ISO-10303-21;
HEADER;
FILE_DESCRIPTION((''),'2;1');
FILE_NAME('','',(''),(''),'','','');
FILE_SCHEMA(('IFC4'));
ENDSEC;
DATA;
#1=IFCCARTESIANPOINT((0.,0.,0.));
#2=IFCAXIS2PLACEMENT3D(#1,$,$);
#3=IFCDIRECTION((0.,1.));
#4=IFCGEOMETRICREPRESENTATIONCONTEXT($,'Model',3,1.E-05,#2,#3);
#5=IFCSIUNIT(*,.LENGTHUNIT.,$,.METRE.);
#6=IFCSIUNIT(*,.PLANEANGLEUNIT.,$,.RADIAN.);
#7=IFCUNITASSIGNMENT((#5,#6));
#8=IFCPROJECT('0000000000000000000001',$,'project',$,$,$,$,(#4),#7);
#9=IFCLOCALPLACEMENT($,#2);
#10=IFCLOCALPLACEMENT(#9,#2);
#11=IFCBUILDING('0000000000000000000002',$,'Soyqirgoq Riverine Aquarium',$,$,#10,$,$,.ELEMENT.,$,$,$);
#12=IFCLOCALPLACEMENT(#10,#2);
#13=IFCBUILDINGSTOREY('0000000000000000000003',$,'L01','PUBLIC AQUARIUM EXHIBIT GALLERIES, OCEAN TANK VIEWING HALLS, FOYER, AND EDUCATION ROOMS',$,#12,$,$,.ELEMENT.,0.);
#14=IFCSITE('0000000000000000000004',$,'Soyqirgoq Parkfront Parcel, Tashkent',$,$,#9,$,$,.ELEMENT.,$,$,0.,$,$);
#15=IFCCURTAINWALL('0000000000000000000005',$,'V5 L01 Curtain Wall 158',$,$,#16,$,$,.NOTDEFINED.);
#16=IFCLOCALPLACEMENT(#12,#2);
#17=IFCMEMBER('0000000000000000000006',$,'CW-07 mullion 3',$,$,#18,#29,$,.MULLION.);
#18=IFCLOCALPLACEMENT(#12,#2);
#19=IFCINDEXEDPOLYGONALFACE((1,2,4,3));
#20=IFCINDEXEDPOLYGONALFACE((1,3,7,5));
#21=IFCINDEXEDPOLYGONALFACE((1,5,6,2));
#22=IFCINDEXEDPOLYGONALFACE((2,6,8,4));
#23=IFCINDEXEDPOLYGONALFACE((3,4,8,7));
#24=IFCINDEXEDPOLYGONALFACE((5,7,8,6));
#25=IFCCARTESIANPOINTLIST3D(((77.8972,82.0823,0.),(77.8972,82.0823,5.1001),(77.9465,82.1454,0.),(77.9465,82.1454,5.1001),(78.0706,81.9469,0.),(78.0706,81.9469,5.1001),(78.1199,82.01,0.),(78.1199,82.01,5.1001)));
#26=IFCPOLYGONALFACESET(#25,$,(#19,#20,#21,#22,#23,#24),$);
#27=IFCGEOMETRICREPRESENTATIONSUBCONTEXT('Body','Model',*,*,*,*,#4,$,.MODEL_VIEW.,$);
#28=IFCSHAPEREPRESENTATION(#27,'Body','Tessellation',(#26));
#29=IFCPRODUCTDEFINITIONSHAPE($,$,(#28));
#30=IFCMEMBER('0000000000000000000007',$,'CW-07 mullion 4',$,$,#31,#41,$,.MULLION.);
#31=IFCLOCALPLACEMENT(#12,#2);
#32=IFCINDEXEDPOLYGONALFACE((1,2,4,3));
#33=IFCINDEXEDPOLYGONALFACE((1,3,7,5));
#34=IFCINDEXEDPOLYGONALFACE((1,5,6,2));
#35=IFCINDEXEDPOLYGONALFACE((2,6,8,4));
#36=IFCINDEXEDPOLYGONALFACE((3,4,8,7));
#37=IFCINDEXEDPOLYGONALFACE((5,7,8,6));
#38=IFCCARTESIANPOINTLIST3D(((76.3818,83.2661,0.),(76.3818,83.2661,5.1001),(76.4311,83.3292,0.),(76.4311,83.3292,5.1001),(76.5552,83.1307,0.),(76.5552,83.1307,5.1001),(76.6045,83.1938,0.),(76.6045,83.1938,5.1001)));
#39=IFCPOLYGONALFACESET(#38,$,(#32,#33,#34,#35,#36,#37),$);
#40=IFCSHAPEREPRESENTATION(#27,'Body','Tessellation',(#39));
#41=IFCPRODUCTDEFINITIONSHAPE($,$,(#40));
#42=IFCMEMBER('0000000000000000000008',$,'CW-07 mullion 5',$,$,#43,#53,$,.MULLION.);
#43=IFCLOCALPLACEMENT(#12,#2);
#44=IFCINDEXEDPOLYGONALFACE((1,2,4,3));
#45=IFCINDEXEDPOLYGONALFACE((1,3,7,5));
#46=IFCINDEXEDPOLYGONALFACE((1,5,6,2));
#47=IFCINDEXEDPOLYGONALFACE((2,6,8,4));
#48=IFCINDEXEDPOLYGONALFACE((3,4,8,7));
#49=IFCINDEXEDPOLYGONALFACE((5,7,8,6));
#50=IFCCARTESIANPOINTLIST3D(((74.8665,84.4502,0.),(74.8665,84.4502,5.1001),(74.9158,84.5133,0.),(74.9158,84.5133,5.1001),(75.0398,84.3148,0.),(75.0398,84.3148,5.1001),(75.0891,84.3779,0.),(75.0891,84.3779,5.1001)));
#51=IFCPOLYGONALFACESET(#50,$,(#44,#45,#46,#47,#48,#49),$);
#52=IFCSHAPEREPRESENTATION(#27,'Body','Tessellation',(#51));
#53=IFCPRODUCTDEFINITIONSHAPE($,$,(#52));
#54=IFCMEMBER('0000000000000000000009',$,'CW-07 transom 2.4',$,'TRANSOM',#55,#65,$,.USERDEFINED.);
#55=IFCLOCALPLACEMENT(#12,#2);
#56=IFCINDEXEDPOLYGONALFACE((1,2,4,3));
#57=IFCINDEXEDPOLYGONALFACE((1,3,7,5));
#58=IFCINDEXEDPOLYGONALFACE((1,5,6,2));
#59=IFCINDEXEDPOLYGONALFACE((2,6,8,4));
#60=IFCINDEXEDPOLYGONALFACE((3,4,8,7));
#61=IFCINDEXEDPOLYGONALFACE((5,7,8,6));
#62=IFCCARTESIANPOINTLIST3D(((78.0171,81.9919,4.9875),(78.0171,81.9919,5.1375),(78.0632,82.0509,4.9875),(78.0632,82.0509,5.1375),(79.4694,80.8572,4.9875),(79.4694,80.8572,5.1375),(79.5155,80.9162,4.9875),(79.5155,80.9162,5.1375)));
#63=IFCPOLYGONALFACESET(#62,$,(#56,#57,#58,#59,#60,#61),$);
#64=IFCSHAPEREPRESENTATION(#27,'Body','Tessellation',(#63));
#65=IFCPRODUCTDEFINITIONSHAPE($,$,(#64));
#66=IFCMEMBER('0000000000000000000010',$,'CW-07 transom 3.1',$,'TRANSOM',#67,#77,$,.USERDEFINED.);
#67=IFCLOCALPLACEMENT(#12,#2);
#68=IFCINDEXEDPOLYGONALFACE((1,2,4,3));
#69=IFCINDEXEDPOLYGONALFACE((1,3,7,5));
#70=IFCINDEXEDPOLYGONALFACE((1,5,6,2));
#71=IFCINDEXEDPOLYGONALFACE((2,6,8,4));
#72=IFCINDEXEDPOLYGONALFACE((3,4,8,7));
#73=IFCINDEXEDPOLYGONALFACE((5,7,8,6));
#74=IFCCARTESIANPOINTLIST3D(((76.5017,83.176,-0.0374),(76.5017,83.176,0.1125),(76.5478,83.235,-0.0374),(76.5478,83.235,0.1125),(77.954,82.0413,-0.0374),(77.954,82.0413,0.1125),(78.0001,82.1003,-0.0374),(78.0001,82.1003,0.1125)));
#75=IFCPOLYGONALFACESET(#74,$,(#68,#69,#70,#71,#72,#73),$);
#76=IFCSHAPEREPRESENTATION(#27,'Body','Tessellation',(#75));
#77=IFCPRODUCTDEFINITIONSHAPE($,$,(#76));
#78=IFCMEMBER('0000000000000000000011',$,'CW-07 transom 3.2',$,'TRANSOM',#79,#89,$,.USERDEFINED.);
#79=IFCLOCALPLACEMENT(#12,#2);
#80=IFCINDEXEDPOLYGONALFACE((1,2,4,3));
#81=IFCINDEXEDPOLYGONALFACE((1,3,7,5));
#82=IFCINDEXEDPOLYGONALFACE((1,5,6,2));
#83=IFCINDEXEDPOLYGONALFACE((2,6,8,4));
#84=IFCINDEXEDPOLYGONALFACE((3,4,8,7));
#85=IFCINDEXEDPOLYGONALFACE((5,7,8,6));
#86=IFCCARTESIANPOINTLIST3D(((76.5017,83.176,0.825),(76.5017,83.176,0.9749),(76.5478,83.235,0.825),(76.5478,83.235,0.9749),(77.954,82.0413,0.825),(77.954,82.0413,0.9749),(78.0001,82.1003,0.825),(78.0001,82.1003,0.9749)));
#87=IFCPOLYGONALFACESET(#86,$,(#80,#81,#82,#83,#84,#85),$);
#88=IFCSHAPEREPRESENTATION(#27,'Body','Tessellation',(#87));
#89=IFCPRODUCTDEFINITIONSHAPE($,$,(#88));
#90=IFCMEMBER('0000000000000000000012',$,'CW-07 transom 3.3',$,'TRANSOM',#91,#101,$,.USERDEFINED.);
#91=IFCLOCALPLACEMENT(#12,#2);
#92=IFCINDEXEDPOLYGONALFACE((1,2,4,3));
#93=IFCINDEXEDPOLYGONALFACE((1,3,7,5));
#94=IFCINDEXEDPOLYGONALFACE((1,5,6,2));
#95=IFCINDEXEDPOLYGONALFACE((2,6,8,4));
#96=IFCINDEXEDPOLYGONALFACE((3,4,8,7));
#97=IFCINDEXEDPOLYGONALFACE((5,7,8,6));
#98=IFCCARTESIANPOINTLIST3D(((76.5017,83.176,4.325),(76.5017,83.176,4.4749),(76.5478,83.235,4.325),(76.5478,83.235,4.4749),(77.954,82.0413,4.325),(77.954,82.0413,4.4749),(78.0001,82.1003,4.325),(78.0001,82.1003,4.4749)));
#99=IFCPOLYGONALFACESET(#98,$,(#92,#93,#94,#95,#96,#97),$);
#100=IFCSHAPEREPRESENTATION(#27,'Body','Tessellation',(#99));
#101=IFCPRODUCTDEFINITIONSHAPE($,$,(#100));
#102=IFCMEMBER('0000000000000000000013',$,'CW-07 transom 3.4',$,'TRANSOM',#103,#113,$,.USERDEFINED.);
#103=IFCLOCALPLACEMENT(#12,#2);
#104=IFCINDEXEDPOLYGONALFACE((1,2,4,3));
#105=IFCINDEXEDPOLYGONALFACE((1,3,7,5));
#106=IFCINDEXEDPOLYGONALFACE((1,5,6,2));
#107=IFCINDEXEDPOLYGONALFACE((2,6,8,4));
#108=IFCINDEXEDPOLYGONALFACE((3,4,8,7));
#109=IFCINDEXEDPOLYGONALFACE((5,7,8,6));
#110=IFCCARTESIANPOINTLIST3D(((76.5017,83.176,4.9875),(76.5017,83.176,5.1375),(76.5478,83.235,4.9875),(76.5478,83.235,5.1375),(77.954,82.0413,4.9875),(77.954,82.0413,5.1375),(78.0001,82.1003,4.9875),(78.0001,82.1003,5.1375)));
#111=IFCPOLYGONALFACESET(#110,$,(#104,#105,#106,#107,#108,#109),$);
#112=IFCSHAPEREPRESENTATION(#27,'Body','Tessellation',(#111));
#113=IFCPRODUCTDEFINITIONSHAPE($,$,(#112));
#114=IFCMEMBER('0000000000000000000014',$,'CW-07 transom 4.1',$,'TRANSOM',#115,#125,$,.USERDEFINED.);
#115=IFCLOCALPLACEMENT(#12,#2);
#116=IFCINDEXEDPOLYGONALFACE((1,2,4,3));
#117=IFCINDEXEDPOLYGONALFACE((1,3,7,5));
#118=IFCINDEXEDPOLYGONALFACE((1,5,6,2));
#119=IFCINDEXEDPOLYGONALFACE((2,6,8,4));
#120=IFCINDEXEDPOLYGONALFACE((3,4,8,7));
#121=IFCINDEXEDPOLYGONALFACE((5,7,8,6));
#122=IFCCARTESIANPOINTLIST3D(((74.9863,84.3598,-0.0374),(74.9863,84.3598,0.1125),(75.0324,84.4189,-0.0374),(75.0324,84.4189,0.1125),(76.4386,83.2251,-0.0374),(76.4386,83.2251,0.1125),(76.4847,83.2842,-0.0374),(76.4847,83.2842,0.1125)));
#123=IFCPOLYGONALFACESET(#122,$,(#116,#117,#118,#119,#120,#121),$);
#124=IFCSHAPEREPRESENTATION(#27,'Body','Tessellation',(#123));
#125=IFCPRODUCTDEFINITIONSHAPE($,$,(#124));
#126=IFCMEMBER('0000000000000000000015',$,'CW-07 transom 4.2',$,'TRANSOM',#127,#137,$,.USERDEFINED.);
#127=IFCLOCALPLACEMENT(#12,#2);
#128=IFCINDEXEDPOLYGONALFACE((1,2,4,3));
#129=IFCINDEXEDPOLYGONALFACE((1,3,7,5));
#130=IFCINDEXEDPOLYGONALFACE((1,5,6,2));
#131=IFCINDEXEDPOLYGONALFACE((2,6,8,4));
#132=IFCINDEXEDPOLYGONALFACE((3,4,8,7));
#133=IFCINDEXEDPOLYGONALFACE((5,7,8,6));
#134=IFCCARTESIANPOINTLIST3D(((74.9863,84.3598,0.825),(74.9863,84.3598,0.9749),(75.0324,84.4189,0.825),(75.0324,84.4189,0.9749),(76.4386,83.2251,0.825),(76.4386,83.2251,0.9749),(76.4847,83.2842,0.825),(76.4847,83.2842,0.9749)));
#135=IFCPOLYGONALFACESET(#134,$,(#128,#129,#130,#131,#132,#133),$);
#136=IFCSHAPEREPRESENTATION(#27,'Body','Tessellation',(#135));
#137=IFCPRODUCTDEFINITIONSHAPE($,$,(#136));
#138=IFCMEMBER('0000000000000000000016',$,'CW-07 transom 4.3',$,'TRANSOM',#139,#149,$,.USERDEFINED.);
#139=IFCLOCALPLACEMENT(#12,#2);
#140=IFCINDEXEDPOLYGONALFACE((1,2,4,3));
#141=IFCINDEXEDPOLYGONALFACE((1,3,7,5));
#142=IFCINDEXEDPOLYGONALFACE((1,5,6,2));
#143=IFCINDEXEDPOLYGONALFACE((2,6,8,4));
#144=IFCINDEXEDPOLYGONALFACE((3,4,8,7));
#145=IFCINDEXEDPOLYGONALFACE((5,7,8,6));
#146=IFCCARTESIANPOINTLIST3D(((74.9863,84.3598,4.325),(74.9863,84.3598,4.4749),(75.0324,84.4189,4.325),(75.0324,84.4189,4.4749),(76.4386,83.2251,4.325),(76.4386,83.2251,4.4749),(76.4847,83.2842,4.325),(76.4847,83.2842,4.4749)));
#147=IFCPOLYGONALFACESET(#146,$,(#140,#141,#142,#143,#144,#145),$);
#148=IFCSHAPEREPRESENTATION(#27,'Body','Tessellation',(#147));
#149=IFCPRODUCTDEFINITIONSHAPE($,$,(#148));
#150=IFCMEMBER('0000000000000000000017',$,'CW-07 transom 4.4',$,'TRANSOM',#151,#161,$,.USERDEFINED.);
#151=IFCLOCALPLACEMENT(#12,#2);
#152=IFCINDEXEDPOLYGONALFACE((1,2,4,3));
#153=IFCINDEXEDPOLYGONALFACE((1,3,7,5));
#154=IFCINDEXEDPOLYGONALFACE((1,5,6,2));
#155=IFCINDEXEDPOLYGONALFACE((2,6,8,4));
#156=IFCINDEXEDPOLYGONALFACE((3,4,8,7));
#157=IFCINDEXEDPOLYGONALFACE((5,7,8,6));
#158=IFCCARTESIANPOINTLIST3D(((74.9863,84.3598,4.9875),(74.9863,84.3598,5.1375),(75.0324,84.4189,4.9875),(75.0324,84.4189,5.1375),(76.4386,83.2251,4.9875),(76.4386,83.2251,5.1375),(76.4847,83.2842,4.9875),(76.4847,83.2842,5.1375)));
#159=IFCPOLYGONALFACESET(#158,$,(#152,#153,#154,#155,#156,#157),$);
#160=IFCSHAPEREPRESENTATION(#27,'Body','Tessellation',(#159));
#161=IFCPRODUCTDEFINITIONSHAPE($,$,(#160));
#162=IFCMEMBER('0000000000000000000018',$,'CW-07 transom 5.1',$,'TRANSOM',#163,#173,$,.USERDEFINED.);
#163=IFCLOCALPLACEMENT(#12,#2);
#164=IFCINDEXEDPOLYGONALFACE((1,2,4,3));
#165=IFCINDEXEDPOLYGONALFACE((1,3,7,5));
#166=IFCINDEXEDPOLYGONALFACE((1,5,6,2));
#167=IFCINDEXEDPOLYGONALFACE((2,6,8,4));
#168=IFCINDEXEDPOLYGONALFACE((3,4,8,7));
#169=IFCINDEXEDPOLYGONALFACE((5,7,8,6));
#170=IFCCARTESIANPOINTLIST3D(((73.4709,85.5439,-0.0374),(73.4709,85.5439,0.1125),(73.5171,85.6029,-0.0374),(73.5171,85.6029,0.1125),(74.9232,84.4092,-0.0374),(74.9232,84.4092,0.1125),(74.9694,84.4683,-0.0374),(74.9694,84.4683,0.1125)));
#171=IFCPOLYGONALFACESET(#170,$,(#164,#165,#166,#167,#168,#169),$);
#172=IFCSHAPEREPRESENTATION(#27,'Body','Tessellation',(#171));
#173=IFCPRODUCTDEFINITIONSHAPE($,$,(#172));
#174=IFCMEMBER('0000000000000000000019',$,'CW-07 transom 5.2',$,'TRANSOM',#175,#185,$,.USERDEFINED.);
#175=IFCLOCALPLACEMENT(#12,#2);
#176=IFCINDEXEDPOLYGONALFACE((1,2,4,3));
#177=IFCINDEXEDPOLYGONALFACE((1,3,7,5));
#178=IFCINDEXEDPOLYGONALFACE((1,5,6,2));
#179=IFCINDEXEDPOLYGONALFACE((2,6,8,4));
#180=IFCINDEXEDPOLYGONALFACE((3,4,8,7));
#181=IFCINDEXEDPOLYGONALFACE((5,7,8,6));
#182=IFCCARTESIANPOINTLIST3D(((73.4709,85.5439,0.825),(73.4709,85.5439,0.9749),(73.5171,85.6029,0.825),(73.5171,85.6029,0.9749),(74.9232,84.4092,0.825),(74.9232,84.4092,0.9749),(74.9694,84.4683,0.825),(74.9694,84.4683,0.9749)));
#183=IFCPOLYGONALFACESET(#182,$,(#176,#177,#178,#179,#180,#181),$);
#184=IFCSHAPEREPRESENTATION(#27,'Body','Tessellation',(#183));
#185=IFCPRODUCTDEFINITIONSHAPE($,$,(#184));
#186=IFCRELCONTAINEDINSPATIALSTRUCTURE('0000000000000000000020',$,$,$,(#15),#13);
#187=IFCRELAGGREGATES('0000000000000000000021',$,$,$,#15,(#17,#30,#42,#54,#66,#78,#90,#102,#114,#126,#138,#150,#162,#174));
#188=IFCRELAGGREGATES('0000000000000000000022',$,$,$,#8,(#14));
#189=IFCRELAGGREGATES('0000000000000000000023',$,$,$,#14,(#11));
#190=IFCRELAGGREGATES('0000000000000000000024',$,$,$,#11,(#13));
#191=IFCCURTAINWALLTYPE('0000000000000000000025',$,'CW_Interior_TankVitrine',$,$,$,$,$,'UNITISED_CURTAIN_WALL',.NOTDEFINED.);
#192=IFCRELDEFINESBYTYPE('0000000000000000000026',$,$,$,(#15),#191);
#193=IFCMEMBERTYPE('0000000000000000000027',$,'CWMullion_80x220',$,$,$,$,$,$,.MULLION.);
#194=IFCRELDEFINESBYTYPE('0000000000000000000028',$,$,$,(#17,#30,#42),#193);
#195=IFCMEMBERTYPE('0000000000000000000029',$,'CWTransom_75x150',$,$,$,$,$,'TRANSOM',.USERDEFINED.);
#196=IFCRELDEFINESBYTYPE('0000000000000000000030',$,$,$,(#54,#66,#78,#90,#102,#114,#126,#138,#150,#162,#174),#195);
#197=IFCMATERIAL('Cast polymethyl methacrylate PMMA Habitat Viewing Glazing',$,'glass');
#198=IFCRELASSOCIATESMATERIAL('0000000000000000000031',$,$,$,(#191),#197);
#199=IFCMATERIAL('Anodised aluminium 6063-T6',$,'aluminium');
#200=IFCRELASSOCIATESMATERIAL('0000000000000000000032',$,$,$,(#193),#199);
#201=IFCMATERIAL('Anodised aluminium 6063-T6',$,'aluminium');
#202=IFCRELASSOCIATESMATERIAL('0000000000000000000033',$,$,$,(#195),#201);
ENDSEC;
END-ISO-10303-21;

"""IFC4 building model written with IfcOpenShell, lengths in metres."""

from ifc_helpers import new_model, si_unit, direction, frame, origin, origin_2d, place, context, subcontext, project, spatial, rectangle, extrude, material, material_profile, profile_set, type_object, element, aggregate, save


model = new_model("IFC4")

# Units and contexts
model_context = context("Model", 3, precision=1e-05, world=origin(), true_north=direction((0.0, 1.0)))
body_context = subcontext(model_context, "Body", "Model", "MODEL_VIEW")
ifc_project = project(units=[si_unit("LENGTHUNIT", "METRE"), si_unit("PLANEANGLEUNIT", "RADIAN")], contexts=[model_context])

# Site, building, storey
site_placement = place(None, origin())
site = spatial("IfcSite", under=ifc_project, at=site_placement, Name="Soyqirgoq Parkfront Parcel, Tashkent", CompositionType="ELEMENT", RefElevation=0.0)
building_placement = place(site_placement, origin())
building = spatial("IfcBuilding", under=site, at=building_placement, Name="Soyqirgoq Riverine Aquarium", CompositionType="ELEMENT")
storey_placement = place(building_placement, origin())
storey = spatial("IfcBuildingStorey", under=building, at=storey_placement, Name="L01", Description="PUBLIC AQUARIUM EXHIBIT GALLERIES, OCEAN TANK VIEWING HALLS, FOYER, AND EDUCATION ROOMS", CompositionType="ELEMENT", Elevation=0.0)

# Curtain wall, members
ifc_material_1 = material(Name="Cast polymethyl methacrylate PMMA Habitat Viewing Glazing", Category="glass")
curtain_wall_type = type_object("IfcCurtainWallType", Name="CW_Interior_TankVitrine", ElementType="UNITISED_CURTAIN_WALL", PredefinedType="NOTDEFINED", material=ifc_material_1)
curtain_wall_placement = place(storey_placement, origin())
curtain_wall = element("IfcCurtainWall", 1, at=curtain_wall_placement, inside=storey, type_object=curtain_wall_type, Name="V5 L01 Curtain Wall 158", PredefinedType="NOTDEFINED")
ifc_material_2 = material(Name="Anodised aluminium 6063-T6", Category="aluminium")
ifc_material_profile_1 = material_profile(ifc_material_2, rectangle(XDim=0.0801, YDim=0.22, at=origin_2d()), Name="ALU-M 80x220")
ifc_profile_set_1 = profile_set([ifc_material_profile_1], Name="Anodised aluminium 6063-T6")
member_type_1 = type_object("IfcMemberType", Name="CWMullion_80x220", PredefinedType="MULLION", material=ifc_profile_set_1)
member_1_placement = place(storey_placement, frame((78.0085, 82.0461, 0.0), z_axis=(0.0, 0.0, 1.0), x_axis=(-0.615655, -0.788016, 0.0)))
member_1 = element("IfcMember", 2, at=member_1_placement, type_object=member_type_1, Name="CW-07 mullion 3", PredefinedType="MULLION", context=body_context, shape_type="SweptSolid", body=[
    extrude(rectangle(XDim=0.0801, YDim=0.22, at=origin_2d()), origin(), (0.0, 0.0, 1.0), 5.1001),
])
member_2_placement = place(storey_placement, frame((76.4932, 83.23, 0.0), z_axis=(0.0, 0.0, 1.0), x_axis=(-0.615655, -0.788016, 0.0)))
member_2 = element("IfcMember", 3, at=member_2_placement, type_object=member_type_1, Name="CW-07 mullion 4", PredefinedType="MULLION", context=body_context, shape_type="SweptSolid", body=[
    extrude(rectangle(XDim=0.0801, YDim=0.22, at=origin_2d()), origin(), (0.0, 0.0, 1.0), 5.1001),
])
member_3_placement = place(storey_placement, frame((74.9778, 84.4141, 0.0), z_axis=(0.0, 0.0, 1.0), x_axis=(-0.615655, -0.788016, 0.0)))
member_3 = element("IfcMember", 4, at=member_3_placement, type_object=member_type_1, Name="CW-07 mullion 5", PredefinedType="MULLION", context=body_context, shape_type="SweptSolid", body=[
    extrude(rectangle(XDim=0.0801, YDim=0.22, at=origin_2d()), origin(), (0.0, 0.0, 1.0), 5.1001),
])
ifc_material_3 = material(Name="Anodised aluminium 6063-T6", Category="aluminium")
ifc_material_profile_2 = material_profile(ifc_material_3, rectangle(XDim=0.075, YDim=0.1499, at=origin_2d()), Name="ALU-T 75x150")
ifc_profile_set_2 = profile_set([ifc_material_profile_2], Name="Anodised aluminium 6063-T6")
member_type_2 = type_object("IfcMemberType", Name="CWTransom_75x150", ElementType="TRANSOM", PredefinedType="USERDEFINED", material=ifc_profile_set_2)
member_4_placement = place(storey_placement, frame((79.4924, 80.8867, 5.0625), z_axis=(-0.788002, 0.615672, 0.0), x_axis=(-0.615672, -0.788002, 0.0)))
member_4 = element("IfcMember", 5, at=member_4_placement, type_object=member_type_2, Name="CW-07 transom 2.4", ObjectType="TRANSOM", PredefinedType="USERDEFINED", context=body_context, shape_type="SweptSolid", body=[
    extrude(rectangle(XDim=0.075, YDim=0.1499, at=origin_2d()), origin(), (0.0, 0.0, 1.0), 1.843),
])
member_5_placement = place(storey_placement, frame((77.9771, 82.0708, 0.0376), z_axis=(-0.788002, 0.615672, 0.0), x_axis=(-0.615672, -0.788002, 0.0)))
member_5 = element("IfcMember", 6, at=member_5_placement, type_object=member_type_2, Name="CW-07 transom 3.1", ObjectType="TRANSOM", PredefinedType="USERDEFINED", context=body_context, shape_type="SweptSolid", body=[
    extrude(rectangle(XDim=0.075, YDim=0.1499, at=origin_2d()), origin(), (0.0, 0.0, 1.0), 1.843),
])
member_6_placement = place(storey_placement, frame((77.9771, 82.0708, 0.8999), z_axis=(-0.788002, 0.615672, 0.0), x_axis=(-0.615672, -0.788002, 0.0)))
member_6 = element("IfcMember", 7, at=member_6_placement, type_object=member_type_2, Name="CW-07 transom 3.2", ObjectType="TRANSOM", PredefinedType="USERDEFINED", context=body_context, shape_type="SweptSolid", body=[
    extrude(rectangle(XDim=0.075, YDim=0.1499, at=origin_2d()), origin(), (0.0, 0.0, 1.0), 1.843),
])
member_7_placement = place(storey_placement, frame((77.9771, 82.0708, 4.3999), z_axis=(-0.788002, 0.615672, 0.0), x_axis=(-0.615672, -0.788002, 0.0)))
member_7 = element("IfcMember", 8, at=member_7_placement, type_object=member_type_2, Name="CW-07 transom 3.3", ObjectType="TRANSOM", PredefinedType="USERDEFINED", context=body_context, shape_type="SweptSolid", body=[
    extrude(rectangle(XDim=0.075, YDim=0.1499, at=origin_2d()), origin(), (0.0, 0.0, 1.0), 1.843),
])
member_8_placement = place(storey_placement, frame((77.9771, 82.0708, 5.0625), z_axis=(-0.788002, 0.615672, 0.0), x_axis=(-0.615672, -0.788002, 0.0)))
member_8 = element("IfcMember", 9, at=member_8_placement, type_object=member_type_2, Name="CW-07 transom 3.4", ObjectType="TRANSOM", PredefinedType="USERDEFINED", context=body_context, shape_type="SweptSolid", body=[
    extrude(rectangle(XDim=0.075, YDim=0.1499, at=origin_2d()), origin(), (0.0, 0.0, 1.0), 1.843),
])
member_9_placement = place(storey_placement, frame((76.4617, 83.2546, 0.0376), z_axis=(-0.788002, 0.615672, 0.0), x_axis=(-0.615672, -0.788002, 0.0)))
member_9 = element("IfcMember", 10, at=member_9_placement, type_object=member_type_2, Name="CW-07 transom 4.1", ObjectType="TRANSOM", PredefinedType="USERDEFINED", context=body_context, shape_type="SweptSolid", body=[
    extrude(rectangle(XDim=0.075, YDim=0.1499, at=origin_2d()), origin(), (0.0, 0.0, 1.0), 1.843),
])
member_10_placement = place(storey_placement, frame((76.4617, 83.2546, 0.8999), z_axis=(-0.788002, 0.615672, 0.0), x_axis=(-0.615672, -0.788002, 0.0)))
member_10 = element("IfcMember", 11, at=member_10_placement, type_object=member_type_2, Name="CW-07 transom 4.2", ObjectType="TRANSOM", PredefinedType="USERDEFINED", context=body_context, shape_type="SweptSolid", body=[
    extrude(rectangle(XDim=0.075, YDim=0.1499, at=origin_2d()), origin(), (0.0, 0.0, 1.0), 1.843),
])
member_11_placement = place(storey_placement, frame((76.4617, 83.2546, 4.3999), z_axis=(-0.788002, 0.615672, 0.0), x_axis=(-0.615672, -0.788002, 0.0)))
member_11 = element("IfcMember", 12, at=member_11_placement, type_object=member_type_2, Name="CW-07 transom 4.3", ObjectType="TRANSOM", PredefinedType="USERDEFINED", context=body_context, shape_type="SweptSolid", body=[
    extrude(rectangle(XDim=0.075, YDim=0.1499, at=origin_2d()), origin(), (0.0, 0.0, 1.0), 1.843),
])
member_12_placement = place(storey_placement, frame((76.4617, 83.2546, 5.0625), z_axis=(-0.788002, 0.615672, 0.0), x_axis=(-0.615672, -0.788002, 0.0)))
member_12 = element("IfcMember", 13, at=member_12_placement, type_object=member_type_2, Name="CW-07 transom 4.4", ObjectType="TRANSOM", PredefinedType="USERDEFINED", context=body_context, shape_type="SweptSolid", body=[
    extrude(rectangle(XDim=0.075, YDim=0.1499, at=origin_2d()), origin(), (0.0, 0.0, 1.0), 1.843),
])
member_13_placement = place(storey_placement, frame((74.9463, 84.4387, 0.0376), z_axis=(-0.788002, 0.615672, 0.0), x_axis=(-0.615672, -0.788002, 0.0)))
member_13 = element("IfcMember", 14, at=member_13_placement, type_object=member_type_2, Name="CW-07 transom 5.1", ObjectType="TRANSOM", PredefinedType="USERDEFINED", context=body_context, shape_type="SweptSolid", body=[
    extrude(rectangle(XDim=0.075, YDim=0.1499, at=origin_2d()), origin(), (0.0, 0.0, 1.0), 1.843),
])
member_14_placement = place(storey_placement, frame((74.9463, 84.4387, 0.8999), z_axis=(-0.788002, 0.615672, 0.0), x_axis=(-0.615672, -0.788002, 0.0)))
member_14 = element("IfcMember", 15, at=member_14_placement, type_object=member_type_2, Name="CW-07 transom 5.2", ObjectType="TRANSOM", PredefinedType="USERDEFINED", context=body_context, shape_type="SweptSolid", body=[
    extrude(rectangle(XDim=0.075, YDim=0.1499, at=origin_2d()), origin(), (0.0, 0.0, 1.0), 1.843),
])
aggregate(curtain_wall, [member_1, member_2, member_3, member_4, member_5, member_6, member_7, member_8, member_9, member_10, member_11, member_12, member_13, member_14])

save(model, "model.ifc")
